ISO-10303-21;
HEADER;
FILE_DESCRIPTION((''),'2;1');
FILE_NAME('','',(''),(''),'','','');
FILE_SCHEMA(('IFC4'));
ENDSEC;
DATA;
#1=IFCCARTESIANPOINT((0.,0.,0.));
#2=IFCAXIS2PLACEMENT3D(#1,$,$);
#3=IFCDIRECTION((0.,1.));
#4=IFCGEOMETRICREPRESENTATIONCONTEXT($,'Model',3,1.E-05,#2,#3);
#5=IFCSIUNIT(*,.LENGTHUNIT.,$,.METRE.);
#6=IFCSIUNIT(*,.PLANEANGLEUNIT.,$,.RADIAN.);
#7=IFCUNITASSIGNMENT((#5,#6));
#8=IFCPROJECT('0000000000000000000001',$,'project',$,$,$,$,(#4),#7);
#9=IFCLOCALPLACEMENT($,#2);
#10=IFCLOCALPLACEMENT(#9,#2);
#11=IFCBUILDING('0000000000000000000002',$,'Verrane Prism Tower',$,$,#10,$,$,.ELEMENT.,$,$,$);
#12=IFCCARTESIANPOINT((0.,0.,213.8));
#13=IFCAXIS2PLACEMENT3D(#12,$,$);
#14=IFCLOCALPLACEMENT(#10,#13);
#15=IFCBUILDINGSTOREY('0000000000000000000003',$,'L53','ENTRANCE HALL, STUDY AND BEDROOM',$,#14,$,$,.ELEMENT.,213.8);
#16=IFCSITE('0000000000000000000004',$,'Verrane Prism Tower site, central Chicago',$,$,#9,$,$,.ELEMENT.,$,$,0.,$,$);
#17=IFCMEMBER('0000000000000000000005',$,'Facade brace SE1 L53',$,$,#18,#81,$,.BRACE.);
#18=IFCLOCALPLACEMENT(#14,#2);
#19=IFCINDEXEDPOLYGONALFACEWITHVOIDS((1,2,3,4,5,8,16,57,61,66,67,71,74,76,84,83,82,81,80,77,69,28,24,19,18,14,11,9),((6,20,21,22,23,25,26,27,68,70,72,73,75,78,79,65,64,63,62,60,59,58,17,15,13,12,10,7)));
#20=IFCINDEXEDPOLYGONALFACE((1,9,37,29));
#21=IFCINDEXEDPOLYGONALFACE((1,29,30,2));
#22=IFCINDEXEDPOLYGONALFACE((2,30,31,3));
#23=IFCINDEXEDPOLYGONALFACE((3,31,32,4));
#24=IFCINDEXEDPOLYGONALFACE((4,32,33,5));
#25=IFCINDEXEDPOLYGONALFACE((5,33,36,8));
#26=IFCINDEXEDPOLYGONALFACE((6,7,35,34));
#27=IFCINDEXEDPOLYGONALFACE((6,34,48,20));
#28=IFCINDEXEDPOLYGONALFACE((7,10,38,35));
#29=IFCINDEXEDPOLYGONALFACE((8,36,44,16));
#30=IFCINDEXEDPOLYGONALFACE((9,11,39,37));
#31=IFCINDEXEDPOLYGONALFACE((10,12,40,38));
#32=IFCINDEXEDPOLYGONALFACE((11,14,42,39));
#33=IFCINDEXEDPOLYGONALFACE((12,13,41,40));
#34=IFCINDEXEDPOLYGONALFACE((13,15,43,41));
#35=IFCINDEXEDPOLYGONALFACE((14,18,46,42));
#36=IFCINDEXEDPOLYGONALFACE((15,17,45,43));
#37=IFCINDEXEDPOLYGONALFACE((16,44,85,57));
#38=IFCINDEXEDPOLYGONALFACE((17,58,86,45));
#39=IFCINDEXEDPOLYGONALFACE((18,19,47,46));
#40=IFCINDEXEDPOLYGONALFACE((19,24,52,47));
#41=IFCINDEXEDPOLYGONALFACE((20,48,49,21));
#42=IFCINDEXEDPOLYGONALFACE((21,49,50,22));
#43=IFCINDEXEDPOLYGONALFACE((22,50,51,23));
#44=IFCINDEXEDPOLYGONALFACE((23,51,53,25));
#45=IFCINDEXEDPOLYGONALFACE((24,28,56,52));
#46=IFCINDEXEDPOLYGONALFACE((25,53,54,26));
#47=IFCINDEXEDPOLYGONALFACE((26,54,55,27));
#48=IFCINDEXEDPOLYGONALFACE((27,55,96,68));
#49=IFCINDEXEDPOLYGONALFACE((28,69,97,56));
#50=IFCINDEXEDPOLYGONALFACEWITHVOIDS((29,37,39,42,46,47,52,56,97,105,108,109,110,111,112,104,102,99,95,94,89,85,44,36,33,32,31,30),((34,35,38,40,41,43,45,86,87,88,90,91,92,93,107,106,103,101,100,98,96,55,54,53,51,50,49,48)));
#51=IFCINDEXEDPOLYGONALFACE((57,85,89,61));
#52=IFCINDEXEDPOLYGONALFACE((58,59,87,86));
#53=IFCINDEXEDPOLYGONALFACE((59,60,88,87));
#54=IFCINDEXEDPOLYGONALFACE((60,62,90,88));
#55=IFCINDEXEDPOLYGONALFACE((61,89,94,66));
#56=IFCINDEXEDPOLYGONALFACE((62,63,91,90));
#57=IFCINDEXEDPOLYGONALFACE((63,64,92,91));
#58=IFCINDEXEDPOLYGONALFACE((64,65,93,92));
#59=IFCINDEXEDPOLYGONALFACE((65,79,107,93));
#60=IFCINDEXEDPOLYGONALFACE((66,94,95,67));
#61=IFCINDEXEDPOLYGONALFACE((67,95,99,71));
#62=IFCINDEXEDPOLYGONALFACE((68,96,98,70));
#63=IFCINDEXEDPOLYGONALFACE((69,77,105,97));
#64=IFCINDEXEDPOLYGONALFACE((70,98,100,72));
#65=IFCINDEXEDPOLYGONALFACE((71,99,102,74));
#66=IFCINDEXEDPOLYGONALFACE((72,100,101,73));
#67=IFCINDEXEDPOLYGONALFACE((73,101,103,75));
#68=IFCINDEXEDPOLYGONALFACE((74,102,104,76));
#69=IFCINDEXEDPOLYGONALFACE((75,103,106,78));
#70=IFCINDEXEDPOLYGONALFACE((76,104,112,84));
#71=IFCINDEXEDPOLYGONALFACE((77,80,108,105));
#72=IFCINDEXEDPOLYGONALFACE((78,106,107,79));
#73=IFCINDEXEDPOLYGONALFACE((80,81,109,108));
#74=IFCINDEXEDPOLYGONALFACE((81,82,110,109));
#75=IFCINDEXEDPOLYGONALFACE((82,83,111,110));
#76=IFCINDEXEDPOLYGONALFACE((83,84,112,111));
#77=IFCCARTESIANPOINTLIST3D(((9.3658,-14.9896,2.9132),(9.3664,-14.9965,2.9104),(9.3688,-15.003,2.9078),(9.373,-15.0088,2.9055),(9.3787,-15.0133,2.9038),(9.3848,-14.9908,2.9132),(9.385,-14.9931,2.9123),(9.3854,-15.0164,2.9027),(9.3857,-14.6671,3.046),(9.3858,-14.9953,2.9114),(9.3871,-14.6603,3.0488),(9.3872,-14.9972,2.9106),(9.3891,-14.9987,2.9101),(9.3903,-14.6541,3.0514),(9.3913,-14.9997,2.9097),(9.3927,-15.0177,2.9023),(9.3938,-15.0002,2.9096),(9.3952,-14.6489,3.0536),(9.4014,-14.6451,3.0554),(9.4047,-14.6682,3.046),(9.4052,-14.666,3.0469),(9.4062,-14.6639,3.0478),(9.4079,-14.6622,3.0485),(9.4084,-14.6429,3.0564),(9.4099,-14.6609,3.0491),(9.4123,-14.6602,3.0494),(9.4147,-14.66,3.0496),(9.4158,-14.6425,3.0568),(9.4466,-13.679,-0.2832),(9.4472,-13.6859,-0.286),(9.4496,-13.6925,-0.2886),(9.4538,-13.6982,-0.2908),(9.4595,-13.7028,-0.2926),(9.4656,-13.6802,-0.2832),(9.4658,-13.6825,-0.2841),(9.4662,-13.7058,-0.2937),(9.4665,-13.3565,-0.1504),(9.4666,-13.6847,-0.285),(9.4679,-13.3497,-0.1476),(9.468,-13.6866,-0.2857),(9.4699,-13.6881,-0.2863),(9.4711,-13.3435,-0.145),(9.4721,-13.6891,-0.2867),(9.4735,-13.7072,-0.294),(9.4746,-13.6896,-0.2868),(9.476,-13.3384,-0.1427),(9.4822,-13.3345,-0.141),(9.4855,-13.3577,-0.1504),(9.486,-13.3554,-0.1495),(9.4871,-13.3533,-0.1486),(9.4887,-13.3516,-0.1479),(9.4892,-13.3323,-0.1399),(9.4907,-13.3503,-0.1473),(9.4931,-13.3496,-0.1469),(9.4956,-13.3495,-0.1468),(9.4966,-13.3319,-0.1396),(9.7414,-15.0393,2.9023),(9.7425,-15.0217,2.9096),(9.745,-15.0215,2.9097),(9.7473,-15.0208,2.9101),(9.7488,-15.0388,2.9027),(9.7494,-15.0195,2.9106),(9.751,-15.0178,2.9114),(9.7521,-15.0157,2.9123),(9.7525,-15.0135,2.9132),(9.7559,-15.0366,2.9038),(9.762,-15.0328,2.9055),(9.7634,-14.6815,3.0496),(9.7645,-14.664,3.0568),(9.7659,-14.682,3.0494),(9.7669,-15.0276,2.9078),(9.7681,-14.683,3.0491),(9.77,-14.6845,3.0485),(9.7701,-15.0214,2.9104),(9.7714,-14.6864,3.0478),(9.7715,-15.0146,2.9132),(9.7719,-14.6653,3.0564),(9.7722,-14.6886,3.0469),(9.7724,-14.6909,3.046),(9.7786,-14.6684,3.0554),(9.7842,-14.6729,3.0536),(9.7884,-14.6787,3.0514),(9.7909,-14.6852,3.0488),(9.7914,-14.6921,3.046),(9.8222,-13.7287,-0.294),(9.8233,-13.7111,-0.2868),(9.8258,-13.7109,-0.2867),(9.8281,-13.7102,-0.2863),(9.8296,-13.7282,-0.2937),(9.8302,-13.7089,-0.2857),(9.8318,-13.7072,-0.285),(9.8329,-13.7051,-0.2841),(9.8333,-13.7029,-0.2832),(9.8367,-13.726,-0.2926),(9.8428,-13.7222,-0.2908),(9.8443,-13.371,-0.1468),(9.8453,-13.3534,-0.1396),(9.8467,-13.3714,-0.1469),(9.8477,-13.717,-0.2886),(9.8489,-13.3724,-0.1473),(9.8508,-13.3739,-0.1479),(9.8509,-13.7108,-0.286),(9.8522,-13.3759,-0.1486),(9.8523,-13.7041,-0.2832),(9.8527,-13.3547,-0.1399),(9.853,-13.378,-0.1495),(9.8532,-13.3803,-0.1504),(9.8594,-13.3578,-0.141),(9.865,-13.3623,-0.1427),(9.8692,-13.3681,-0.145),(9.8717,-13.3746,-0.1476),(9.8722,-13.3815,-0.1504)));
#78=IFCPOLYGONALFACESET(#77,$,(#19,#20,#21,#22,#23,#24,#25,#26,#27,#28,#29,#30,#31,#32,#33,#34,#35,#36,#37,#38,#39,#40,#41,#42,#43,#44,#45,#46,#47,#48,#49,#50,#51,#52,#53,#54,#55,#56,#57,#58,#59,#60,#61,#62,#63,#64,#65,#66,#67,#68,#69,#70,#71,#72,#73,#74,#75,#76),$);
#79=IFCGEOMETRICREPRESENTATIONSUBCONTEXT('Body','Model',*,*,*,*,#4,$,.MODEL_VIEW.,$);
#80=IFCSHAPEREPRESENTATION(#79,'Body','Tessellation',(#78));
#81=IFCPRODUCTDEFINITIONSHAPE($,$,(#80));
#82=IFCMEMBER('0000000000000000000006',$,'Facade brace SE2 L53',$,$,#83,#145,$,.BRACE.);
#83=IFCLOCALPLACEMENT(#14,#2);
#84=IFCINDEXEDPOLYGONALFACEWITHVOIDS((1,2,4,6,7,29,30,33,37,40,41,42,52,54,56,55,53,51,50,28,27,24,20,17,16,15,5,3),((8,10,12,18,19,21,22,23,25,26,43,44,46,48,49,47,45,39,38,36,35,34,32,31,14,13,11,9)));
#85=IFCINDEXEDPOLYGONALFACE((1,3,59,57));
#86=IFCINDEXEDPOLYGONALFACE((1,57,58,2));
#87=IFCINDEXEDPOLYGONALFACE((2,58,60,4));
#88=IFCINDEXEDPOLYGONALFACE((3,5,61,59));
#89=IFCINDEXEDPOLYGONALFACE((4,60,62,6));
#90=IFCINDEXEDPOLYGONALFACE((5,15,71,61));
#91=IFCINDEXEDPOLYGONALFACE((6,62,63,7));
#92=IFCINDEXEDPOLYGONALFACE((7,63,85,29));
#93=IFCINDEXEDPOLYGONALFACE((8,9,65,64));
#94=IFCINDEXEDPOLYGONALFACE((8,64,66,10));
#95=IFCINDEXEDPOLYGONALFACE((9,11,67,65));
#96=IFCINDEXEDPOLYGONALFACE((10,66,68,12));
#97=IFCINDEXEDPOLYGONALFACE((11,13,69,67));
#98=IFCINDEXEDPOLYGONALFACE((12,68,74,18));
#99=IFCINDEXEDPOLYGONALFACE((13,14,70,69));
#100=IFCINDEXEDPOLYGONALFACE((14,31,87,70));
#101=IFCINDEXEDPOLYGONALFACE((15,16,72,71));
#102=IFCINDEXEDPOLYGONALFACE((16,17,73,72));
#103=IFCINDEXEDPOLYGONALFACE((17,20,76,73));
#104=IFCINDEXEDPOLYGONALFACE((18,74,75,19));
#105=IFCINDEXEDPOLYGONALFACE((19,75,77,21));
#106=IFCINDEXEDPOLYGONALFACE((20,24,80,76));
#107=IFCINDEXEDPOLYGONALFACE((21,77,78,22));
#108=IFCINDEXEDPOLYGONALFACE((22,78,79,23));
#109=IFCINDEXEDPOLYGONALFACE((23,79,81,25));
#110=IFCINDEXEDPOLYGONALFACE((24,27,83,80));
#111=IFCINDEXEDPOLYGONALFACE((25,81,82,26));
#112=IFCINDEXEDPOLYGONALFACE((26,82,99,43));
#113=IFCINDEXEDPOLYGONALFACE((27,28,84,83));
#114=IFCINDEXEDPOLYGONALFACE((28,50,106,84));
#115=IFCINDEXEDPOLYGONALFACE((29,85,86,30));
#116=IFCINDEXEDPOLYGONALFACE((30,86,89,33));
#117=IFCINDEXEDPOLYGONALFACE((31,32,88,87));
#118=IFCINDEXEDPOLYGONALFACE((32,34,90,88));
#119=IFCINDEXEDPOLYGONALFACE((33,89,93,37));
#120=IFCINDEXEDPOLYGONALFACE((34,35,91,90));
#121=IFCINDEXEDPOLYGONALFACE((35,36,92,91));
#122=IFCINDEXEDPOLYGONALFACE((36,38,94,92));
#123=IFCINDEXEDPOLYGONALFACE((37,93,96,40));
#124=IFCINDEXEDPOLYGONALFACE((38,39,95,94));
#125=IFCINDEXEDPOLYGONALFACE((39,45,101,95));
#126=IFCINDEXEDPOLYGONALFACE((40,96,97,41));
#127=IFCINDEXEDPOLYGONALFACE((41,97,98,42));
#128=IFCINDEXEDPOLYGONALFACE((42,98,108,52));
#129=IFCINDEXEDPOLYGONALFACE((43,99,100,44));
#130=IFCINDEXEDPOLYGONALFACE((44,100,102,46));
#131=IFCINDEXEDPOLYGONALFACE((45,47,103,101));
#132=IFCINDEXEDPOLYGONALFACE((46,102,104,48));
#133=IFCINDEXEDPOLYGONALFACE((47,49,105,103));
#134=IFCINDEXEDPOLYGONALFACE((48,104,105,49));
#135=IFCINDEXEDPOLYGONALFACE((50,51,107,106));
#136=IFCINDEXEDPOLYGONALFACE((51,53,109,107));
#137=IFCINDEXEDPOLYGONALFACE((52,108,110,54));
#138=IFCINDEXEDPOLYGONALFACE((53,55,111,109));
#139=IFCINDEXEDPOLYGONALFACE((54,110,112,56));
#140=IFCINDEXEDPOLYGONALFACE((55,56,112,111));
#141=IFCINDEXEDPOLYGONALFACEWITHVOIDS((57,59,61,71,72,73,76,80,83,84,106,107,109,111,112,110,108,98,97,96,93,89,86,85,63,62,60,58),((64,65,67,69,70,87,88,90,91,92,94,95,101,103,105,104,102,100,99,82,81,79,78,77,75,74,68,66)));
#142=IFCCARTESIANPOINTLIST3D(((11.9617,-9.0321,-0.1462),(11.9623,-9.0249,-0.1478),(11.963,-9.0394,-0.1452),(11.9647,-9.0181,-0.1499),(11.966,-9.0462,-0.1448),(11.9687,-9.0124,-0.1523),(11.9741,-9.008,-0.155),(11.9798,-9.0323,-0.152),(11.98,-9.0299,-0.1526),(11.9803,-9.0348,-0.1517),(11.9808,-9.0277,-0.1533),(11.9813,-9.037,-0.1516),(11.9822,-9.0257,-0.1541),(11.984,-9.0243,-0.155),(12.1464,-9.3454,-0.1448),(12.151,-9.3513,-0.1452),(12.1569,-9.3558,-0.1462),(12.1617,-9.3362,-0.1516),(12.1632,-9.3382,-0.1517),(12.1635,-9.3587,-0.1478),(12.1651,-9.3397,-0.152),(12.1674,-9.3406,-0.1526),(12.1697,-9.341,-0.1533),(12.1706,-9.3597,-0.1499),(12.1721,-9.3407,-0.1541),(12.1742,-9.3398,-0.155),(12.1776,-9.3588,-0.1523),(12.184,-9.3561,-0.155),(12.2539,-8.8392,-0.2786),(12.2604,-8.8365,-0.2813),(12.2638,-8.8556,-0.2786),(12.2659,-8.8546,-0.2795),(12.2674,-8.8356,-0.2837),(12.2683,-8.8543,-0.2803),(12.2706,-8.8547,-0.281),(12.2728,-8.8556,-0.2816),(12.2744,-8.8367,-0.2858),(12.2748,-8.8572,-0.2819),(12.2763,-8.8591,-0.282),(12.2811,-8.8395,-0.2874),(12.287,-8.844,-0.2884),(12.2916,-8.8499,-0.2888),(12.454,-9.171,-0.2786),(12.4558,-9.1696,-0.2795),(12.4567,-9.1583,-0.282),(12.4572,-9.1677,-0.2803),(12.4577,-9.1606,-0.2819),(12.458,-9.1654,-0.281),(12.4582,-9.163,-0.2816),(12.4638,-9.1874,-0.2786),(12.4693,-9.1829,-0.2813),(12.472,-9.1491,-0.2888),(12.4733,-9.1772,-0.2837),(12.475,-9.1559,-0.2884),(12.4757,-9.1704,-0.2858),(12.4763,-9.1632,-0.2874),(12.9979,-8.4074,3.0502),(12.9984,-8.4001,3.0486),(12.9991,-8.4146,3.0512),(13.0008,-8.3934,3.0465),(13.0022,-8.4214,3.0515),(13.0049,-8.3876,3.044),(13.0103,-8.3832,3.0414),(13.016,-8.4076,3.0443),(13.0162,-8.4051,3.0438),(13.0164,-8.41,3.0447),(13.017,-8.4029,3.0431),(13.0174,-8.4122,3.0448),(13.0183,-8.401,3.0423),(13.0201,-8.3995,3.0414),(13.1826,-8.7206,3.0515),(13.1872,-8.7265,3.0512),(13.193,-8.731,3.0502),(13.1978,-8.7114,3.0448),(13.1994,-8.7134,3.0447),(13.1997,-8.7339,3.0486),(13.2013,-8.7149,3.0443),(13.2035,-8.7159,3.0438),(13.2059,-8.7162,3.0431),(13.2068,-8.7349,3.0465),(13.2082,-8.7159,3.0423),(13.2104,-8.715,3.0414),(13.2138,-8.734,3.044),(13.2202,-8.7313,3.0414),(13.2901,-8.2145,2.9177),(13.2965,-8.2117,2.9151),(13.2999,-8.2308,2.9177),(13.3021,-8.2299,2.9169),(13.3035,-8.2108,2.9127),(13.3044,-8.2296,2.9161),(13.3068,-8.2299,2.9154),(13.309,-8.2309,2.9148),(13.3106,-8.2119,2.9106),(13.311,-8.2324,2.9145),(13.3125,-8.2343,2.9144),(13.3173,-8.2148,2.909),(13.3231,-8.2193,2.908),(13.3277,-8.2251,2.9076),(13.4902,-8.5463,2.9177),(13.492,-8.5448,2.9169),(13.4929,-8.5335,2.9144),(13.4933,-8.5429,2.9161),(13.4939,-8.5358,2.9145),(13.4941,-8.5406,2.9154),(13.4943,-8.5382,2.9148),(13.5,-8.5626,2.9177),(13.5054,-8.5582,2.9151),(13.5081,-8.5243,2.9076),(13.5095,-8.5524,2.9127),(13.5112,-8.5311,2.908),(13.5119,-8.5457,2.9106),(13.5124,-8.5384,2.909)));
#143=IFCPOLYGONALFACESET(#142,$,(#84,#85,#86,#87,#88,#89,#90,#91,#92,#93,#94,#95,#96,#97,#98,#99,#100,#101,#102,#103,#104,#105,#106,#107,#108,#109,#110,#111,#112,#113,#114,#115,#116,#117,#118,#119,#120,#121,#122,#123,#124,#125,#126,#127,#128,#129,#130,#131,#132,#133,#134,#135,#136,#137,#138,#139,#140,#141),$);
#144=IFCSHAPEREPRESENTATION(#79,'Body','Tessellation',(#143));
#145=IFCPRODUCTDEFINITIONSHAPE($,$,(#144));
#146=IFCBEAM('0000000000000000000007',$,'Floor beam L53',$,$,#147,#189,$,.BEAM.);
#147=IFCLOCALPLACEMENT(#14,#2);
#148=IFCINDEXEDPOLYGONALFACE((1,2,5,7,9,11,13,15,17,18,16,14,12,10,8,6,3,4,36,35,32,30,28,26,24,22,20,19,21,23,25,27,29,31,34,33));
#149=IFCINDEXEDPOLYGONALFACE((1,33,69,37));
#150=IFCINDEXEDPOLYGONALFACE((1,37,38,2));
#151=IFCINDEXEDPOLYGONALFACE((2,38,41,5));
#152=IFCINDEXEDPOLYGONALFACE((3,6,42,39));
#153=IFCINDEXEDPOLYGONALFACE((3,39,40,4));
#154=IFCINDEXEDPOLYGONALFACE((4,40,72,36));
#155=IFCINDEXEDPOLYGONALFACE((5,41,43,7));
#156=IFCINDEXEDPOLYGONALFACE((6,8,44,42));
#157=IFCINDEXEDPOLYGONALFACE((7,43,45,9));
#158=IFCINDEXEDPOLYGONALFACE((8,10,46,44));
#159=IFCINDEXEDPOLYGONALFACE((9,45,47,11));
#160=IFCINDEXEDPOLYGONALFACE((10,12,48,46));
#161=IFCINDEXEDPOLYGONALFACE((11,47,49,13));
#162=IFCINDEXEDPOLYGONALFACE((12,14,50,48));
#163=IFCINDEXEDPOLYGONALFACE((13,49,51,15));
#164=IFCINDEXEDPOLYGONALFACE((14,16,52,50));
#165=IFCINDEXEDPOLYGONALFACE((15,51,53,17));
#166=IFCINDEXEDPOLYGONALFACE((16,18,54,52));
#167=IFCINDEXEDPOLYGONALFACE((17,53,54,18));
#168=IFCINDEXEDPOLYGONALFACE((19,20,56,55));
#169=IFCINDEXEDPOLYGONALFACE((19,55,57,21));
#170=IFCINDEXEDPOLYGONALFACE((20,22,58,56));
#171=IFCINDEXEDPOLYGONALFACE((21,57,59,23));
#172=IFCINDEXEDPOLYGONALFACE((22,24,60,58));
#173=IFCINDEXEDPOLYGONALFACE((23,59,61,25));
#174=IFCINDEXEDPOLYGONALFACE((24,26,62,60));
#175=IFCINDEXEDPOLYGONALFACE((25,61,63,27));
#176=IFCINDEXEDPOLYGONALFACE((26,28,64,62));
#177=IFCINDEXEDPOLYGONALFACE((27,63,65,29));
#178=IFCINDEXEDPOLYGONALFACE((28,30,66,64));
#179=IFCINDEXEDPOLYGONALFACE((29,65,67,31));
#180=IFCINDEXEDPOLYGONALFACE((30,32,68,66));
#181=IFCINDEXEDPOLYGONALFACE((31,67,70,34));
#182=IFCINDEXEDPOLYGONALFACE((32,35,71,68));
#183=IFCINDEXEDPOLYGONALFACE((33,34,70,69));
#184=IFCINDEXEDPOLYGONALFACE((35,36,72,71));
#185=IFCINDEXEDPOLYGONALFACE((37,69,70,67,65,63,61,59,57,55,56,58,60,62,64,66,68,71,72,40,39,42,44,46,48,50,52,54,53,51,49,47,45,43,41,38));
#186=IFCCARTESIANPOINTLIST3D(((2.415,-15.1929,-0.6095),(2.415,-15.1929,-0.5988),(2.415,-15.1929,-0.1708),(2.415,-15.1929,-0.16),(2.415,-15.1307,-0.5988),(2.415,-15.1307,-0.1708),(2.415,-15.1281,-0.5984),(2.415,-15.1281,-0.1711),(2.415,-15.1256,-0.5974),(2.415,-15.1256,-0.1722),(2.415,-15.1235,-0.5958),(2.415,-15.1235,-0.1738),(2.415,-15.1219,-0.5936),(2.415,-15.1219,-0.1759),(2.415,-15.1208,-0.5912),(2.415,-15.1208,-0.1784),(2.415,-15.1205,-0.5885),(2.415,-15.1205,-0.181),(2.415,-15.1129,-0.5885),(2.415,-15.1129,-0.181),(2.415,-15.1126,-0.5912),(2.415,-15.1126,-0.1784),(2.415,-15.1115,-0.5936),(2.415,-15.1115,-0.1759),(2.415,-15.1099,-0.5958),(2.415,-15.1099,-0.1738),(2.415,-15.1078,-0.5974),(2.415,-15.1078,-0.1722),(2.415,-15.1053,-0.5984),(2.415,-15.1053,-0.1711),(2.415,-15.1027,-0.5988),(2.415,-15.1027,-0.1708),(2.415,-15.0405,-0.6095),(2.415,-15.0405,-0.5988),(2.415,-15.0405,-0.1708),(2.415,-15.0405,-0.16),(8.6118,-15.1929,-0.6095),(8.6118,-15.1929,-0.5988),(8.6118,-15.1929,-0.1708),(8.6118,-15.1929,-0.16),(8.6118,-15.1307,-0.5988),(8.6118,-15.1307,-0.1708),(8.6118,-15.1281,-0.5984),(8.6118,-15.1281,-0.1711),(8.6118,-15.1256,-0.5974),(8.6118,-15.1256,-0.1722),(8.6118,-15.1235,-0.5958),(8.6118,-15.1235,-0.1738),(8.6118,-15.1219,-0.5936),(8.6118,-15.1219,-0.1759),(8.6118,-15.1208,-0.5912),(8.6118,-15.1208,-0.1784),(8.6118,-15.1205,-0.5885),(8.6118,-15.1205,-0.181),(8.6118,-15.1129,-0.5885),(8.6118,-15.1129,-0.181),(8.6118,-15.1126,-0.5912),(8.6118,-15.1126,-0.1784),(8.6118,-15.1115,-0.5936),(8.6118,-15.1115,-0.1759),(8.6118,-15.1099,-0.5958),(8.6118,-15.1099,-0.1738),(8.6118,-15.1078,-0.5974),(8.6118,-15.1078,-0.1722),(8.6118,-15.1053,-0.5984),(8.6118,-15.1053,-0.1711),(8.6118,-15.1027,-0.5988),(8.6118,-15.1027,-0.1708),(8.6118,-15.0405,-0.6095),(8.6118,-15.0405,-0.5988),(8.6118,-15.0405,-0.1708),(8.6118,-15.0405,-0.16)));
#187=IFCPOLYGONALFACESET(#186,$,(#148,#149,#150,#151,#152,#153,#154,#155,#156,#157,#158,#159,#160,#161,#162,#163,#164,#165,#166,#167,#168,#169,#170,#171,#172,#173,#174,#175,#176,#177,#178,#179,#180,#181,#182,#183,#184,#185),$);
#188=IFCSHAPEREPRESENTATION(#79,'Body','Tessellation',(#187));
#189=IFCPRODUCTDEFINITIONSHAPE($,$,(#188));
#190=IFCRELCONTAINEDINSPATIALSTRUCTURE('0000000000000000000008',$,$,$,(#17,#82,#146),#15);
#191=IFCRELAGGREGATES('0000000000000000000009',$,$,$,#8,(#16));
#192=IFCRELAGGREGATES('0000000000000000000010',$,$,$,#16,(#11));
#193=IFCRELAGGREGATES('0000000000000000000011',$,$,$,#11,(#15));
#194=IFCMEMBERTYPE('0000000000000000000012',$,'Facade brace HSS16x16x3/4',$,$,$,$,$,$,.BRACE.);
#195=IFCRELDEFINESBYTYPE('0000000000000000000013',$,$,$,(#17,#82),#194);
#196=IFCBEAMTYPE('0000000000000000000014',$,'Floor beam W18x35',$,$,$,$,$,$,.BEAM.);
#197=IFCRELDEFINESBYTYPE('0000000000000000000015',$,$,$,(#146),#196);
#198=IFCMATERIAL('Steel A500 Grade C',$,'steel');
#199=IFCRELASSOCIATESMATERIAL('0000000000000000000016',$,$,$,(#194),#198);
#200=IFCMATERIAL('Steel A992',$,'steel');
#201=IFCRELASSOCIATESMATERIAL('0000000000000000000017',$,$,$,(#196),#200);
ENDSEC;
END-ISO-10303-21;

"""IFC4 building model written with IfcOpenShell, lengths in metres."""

from ifc_helpers import new_model, si_unit, direction, frame, origin, origin_2d, place, context, subcontext, project, spatial, hollow_rectangle, i_section, extrude, material, material_profile, profile_set, type_object, element, save


model = new_model("IFC4")

# Units and contexts
model_context = context("Model", 3, precision=1e-05, world=origin(), true_north=direction((0.0, 1.0)))
body_context = subcontext(model_context, "Body", "Model", "MODEL_VIEW")
ifc_project = project(units=[si_unit("LENGTHUNIT", "METRE"), si_unit("PLANEANGLEUNIT", "RADIAN")], contexts=[model_context])

# Site, building, storey
site_placement = place(None, origin())
site = spatial("IfcSite", under=ifc_project, at=site_placement, Name="Verrane Prism Tower site, central Chicago", CompositionType="ELEMENT", RefElevation=0.0)
building_placement = place(site_placement, origin())
building = spatial("IfcBuilding", under=site, at=building_placement, Name="Verrane Prism Tower", CompositionType="ELEMENT")
storey_placement = place(building_placement, frame((0.0, 0.0, 213.8)))
storey = spatial("IfcBuildingStorey", under=building, at=storey_placement, Name="L53", Description="ENTRANCE HALL, STUDY AND BEDROOM", CompositionType="ELEMENT", Elevation=213.8)

# Members
ifc_material_1 = material(Name="Steel A500 Grade C", Category="steel")
ifc_material_profile_1 = material_profile(ifc_material_1, hollow_rectangle(XDim=0.4065, YDim=0.4065, WallThickness=0.019, InnerFilletRadius=0.0095, OuterFilletRadius=0.0286, at=origin_2d()), Name="HSS16x16x3/4")
ifc_profile_set_1 = profile_set([ifc_material_profile_1], Name="Steel A500 Grade C")
member_type_1 = type_object("IfcMemberType", Name="Facade brace HSS16x16x3/4", PredefinedType="BRACE", material=ifc_profile_set_1)
member_1_placement = place(storey_placement, frame((9.6594, -13.5303, -0.2168), z_axis=(-0.023386, -0.379266, 0.924992), x_axis=(0.998104, -0.061545, 0.0)))
element("IfcMember", 1, at=member_1_placement, inside=storey, type_object=member_type_1, Name="Facade brace SE1 L53", PredefinedType="BRACE", context=body_context, shape_type="SweptSolid", body=[
    extrude(hollow_rectangle(XDim=0.4065, YDim=0.4065, WallThickness=0.019, InnerFilletRadius=0.0095, OuterFilletRadius=0.0286, at=origin_2d()), origin(), (0.0, 0.0, 1.0), 3.4556),
])
member_2_placement = place(storey_placement, frame((12.219, -9.0977, -0.2168), z_axis=(0.303173, 0.182804, 0.935237), x_axis=(-0.516364, 0.856369, 0.0)))
element("IfcMember", 2, at=member_2_placement, inside=storey, type_object=member_type_1, Name="Facade brace SE2 L53", PredefinedType="BRACE", context=body_context, shape_type="SweptSolid", body=[
    extrude(hollow_rectangle(XDim=0.4065, YDim=0.4065, WallThickness=0.019, InnerFilletRadius=0.0095, OuterFilletRadius=0.0286, at=origin_2d()), origin(), (0.0, 0.0, 1.0), 3.4177),
])

# Beam
ifc_material_2 = material(Name="Steel A992", Category="steel")
ifc_material_profile_2 = material_profile(ifc_material_2, i_section(OverallWidth=0.1523, OverallDepth=0.4495, WebThickness=0.0076, FlangeThickness=0.0107, FilletRadius=0.0103, at=origin_2d()), Name="W18x35")
ifc_profile_set_2 = profile_set([ifc_material_profile_2], Name="Steel A992")
beam_type_1 = type_object("IfcBeamType", Name="Floor beam W18x35", PredefinedType="BEAM", material=ifc_profile_set_2)
beam_1_placement = place(storey_placement, frame((2.415, -15.1167, -0.3848), z_axis=(1.0, 0.0, 0.0), x_axis=(0.0, 1.0, 0.0)))
element("IfcBeam", 3, at=beam_1_placement, inside=storey, type_object=beam_type_1, Name="Floor beam L53", PredefinedType="BEAM", context=body_context, shape_type="SweptSolid", body=[
    extrude(i_section(OverallWidth=0.1523, OverallDepth=0.4495, WebThickness=0.0076, FlangeThickness=0.0107, FilletRadius=0.0103, at=origin_2d()), origin(), (0.0, 0.0, 1.0), 6.1968),
])

save(model, "model.ifc")
